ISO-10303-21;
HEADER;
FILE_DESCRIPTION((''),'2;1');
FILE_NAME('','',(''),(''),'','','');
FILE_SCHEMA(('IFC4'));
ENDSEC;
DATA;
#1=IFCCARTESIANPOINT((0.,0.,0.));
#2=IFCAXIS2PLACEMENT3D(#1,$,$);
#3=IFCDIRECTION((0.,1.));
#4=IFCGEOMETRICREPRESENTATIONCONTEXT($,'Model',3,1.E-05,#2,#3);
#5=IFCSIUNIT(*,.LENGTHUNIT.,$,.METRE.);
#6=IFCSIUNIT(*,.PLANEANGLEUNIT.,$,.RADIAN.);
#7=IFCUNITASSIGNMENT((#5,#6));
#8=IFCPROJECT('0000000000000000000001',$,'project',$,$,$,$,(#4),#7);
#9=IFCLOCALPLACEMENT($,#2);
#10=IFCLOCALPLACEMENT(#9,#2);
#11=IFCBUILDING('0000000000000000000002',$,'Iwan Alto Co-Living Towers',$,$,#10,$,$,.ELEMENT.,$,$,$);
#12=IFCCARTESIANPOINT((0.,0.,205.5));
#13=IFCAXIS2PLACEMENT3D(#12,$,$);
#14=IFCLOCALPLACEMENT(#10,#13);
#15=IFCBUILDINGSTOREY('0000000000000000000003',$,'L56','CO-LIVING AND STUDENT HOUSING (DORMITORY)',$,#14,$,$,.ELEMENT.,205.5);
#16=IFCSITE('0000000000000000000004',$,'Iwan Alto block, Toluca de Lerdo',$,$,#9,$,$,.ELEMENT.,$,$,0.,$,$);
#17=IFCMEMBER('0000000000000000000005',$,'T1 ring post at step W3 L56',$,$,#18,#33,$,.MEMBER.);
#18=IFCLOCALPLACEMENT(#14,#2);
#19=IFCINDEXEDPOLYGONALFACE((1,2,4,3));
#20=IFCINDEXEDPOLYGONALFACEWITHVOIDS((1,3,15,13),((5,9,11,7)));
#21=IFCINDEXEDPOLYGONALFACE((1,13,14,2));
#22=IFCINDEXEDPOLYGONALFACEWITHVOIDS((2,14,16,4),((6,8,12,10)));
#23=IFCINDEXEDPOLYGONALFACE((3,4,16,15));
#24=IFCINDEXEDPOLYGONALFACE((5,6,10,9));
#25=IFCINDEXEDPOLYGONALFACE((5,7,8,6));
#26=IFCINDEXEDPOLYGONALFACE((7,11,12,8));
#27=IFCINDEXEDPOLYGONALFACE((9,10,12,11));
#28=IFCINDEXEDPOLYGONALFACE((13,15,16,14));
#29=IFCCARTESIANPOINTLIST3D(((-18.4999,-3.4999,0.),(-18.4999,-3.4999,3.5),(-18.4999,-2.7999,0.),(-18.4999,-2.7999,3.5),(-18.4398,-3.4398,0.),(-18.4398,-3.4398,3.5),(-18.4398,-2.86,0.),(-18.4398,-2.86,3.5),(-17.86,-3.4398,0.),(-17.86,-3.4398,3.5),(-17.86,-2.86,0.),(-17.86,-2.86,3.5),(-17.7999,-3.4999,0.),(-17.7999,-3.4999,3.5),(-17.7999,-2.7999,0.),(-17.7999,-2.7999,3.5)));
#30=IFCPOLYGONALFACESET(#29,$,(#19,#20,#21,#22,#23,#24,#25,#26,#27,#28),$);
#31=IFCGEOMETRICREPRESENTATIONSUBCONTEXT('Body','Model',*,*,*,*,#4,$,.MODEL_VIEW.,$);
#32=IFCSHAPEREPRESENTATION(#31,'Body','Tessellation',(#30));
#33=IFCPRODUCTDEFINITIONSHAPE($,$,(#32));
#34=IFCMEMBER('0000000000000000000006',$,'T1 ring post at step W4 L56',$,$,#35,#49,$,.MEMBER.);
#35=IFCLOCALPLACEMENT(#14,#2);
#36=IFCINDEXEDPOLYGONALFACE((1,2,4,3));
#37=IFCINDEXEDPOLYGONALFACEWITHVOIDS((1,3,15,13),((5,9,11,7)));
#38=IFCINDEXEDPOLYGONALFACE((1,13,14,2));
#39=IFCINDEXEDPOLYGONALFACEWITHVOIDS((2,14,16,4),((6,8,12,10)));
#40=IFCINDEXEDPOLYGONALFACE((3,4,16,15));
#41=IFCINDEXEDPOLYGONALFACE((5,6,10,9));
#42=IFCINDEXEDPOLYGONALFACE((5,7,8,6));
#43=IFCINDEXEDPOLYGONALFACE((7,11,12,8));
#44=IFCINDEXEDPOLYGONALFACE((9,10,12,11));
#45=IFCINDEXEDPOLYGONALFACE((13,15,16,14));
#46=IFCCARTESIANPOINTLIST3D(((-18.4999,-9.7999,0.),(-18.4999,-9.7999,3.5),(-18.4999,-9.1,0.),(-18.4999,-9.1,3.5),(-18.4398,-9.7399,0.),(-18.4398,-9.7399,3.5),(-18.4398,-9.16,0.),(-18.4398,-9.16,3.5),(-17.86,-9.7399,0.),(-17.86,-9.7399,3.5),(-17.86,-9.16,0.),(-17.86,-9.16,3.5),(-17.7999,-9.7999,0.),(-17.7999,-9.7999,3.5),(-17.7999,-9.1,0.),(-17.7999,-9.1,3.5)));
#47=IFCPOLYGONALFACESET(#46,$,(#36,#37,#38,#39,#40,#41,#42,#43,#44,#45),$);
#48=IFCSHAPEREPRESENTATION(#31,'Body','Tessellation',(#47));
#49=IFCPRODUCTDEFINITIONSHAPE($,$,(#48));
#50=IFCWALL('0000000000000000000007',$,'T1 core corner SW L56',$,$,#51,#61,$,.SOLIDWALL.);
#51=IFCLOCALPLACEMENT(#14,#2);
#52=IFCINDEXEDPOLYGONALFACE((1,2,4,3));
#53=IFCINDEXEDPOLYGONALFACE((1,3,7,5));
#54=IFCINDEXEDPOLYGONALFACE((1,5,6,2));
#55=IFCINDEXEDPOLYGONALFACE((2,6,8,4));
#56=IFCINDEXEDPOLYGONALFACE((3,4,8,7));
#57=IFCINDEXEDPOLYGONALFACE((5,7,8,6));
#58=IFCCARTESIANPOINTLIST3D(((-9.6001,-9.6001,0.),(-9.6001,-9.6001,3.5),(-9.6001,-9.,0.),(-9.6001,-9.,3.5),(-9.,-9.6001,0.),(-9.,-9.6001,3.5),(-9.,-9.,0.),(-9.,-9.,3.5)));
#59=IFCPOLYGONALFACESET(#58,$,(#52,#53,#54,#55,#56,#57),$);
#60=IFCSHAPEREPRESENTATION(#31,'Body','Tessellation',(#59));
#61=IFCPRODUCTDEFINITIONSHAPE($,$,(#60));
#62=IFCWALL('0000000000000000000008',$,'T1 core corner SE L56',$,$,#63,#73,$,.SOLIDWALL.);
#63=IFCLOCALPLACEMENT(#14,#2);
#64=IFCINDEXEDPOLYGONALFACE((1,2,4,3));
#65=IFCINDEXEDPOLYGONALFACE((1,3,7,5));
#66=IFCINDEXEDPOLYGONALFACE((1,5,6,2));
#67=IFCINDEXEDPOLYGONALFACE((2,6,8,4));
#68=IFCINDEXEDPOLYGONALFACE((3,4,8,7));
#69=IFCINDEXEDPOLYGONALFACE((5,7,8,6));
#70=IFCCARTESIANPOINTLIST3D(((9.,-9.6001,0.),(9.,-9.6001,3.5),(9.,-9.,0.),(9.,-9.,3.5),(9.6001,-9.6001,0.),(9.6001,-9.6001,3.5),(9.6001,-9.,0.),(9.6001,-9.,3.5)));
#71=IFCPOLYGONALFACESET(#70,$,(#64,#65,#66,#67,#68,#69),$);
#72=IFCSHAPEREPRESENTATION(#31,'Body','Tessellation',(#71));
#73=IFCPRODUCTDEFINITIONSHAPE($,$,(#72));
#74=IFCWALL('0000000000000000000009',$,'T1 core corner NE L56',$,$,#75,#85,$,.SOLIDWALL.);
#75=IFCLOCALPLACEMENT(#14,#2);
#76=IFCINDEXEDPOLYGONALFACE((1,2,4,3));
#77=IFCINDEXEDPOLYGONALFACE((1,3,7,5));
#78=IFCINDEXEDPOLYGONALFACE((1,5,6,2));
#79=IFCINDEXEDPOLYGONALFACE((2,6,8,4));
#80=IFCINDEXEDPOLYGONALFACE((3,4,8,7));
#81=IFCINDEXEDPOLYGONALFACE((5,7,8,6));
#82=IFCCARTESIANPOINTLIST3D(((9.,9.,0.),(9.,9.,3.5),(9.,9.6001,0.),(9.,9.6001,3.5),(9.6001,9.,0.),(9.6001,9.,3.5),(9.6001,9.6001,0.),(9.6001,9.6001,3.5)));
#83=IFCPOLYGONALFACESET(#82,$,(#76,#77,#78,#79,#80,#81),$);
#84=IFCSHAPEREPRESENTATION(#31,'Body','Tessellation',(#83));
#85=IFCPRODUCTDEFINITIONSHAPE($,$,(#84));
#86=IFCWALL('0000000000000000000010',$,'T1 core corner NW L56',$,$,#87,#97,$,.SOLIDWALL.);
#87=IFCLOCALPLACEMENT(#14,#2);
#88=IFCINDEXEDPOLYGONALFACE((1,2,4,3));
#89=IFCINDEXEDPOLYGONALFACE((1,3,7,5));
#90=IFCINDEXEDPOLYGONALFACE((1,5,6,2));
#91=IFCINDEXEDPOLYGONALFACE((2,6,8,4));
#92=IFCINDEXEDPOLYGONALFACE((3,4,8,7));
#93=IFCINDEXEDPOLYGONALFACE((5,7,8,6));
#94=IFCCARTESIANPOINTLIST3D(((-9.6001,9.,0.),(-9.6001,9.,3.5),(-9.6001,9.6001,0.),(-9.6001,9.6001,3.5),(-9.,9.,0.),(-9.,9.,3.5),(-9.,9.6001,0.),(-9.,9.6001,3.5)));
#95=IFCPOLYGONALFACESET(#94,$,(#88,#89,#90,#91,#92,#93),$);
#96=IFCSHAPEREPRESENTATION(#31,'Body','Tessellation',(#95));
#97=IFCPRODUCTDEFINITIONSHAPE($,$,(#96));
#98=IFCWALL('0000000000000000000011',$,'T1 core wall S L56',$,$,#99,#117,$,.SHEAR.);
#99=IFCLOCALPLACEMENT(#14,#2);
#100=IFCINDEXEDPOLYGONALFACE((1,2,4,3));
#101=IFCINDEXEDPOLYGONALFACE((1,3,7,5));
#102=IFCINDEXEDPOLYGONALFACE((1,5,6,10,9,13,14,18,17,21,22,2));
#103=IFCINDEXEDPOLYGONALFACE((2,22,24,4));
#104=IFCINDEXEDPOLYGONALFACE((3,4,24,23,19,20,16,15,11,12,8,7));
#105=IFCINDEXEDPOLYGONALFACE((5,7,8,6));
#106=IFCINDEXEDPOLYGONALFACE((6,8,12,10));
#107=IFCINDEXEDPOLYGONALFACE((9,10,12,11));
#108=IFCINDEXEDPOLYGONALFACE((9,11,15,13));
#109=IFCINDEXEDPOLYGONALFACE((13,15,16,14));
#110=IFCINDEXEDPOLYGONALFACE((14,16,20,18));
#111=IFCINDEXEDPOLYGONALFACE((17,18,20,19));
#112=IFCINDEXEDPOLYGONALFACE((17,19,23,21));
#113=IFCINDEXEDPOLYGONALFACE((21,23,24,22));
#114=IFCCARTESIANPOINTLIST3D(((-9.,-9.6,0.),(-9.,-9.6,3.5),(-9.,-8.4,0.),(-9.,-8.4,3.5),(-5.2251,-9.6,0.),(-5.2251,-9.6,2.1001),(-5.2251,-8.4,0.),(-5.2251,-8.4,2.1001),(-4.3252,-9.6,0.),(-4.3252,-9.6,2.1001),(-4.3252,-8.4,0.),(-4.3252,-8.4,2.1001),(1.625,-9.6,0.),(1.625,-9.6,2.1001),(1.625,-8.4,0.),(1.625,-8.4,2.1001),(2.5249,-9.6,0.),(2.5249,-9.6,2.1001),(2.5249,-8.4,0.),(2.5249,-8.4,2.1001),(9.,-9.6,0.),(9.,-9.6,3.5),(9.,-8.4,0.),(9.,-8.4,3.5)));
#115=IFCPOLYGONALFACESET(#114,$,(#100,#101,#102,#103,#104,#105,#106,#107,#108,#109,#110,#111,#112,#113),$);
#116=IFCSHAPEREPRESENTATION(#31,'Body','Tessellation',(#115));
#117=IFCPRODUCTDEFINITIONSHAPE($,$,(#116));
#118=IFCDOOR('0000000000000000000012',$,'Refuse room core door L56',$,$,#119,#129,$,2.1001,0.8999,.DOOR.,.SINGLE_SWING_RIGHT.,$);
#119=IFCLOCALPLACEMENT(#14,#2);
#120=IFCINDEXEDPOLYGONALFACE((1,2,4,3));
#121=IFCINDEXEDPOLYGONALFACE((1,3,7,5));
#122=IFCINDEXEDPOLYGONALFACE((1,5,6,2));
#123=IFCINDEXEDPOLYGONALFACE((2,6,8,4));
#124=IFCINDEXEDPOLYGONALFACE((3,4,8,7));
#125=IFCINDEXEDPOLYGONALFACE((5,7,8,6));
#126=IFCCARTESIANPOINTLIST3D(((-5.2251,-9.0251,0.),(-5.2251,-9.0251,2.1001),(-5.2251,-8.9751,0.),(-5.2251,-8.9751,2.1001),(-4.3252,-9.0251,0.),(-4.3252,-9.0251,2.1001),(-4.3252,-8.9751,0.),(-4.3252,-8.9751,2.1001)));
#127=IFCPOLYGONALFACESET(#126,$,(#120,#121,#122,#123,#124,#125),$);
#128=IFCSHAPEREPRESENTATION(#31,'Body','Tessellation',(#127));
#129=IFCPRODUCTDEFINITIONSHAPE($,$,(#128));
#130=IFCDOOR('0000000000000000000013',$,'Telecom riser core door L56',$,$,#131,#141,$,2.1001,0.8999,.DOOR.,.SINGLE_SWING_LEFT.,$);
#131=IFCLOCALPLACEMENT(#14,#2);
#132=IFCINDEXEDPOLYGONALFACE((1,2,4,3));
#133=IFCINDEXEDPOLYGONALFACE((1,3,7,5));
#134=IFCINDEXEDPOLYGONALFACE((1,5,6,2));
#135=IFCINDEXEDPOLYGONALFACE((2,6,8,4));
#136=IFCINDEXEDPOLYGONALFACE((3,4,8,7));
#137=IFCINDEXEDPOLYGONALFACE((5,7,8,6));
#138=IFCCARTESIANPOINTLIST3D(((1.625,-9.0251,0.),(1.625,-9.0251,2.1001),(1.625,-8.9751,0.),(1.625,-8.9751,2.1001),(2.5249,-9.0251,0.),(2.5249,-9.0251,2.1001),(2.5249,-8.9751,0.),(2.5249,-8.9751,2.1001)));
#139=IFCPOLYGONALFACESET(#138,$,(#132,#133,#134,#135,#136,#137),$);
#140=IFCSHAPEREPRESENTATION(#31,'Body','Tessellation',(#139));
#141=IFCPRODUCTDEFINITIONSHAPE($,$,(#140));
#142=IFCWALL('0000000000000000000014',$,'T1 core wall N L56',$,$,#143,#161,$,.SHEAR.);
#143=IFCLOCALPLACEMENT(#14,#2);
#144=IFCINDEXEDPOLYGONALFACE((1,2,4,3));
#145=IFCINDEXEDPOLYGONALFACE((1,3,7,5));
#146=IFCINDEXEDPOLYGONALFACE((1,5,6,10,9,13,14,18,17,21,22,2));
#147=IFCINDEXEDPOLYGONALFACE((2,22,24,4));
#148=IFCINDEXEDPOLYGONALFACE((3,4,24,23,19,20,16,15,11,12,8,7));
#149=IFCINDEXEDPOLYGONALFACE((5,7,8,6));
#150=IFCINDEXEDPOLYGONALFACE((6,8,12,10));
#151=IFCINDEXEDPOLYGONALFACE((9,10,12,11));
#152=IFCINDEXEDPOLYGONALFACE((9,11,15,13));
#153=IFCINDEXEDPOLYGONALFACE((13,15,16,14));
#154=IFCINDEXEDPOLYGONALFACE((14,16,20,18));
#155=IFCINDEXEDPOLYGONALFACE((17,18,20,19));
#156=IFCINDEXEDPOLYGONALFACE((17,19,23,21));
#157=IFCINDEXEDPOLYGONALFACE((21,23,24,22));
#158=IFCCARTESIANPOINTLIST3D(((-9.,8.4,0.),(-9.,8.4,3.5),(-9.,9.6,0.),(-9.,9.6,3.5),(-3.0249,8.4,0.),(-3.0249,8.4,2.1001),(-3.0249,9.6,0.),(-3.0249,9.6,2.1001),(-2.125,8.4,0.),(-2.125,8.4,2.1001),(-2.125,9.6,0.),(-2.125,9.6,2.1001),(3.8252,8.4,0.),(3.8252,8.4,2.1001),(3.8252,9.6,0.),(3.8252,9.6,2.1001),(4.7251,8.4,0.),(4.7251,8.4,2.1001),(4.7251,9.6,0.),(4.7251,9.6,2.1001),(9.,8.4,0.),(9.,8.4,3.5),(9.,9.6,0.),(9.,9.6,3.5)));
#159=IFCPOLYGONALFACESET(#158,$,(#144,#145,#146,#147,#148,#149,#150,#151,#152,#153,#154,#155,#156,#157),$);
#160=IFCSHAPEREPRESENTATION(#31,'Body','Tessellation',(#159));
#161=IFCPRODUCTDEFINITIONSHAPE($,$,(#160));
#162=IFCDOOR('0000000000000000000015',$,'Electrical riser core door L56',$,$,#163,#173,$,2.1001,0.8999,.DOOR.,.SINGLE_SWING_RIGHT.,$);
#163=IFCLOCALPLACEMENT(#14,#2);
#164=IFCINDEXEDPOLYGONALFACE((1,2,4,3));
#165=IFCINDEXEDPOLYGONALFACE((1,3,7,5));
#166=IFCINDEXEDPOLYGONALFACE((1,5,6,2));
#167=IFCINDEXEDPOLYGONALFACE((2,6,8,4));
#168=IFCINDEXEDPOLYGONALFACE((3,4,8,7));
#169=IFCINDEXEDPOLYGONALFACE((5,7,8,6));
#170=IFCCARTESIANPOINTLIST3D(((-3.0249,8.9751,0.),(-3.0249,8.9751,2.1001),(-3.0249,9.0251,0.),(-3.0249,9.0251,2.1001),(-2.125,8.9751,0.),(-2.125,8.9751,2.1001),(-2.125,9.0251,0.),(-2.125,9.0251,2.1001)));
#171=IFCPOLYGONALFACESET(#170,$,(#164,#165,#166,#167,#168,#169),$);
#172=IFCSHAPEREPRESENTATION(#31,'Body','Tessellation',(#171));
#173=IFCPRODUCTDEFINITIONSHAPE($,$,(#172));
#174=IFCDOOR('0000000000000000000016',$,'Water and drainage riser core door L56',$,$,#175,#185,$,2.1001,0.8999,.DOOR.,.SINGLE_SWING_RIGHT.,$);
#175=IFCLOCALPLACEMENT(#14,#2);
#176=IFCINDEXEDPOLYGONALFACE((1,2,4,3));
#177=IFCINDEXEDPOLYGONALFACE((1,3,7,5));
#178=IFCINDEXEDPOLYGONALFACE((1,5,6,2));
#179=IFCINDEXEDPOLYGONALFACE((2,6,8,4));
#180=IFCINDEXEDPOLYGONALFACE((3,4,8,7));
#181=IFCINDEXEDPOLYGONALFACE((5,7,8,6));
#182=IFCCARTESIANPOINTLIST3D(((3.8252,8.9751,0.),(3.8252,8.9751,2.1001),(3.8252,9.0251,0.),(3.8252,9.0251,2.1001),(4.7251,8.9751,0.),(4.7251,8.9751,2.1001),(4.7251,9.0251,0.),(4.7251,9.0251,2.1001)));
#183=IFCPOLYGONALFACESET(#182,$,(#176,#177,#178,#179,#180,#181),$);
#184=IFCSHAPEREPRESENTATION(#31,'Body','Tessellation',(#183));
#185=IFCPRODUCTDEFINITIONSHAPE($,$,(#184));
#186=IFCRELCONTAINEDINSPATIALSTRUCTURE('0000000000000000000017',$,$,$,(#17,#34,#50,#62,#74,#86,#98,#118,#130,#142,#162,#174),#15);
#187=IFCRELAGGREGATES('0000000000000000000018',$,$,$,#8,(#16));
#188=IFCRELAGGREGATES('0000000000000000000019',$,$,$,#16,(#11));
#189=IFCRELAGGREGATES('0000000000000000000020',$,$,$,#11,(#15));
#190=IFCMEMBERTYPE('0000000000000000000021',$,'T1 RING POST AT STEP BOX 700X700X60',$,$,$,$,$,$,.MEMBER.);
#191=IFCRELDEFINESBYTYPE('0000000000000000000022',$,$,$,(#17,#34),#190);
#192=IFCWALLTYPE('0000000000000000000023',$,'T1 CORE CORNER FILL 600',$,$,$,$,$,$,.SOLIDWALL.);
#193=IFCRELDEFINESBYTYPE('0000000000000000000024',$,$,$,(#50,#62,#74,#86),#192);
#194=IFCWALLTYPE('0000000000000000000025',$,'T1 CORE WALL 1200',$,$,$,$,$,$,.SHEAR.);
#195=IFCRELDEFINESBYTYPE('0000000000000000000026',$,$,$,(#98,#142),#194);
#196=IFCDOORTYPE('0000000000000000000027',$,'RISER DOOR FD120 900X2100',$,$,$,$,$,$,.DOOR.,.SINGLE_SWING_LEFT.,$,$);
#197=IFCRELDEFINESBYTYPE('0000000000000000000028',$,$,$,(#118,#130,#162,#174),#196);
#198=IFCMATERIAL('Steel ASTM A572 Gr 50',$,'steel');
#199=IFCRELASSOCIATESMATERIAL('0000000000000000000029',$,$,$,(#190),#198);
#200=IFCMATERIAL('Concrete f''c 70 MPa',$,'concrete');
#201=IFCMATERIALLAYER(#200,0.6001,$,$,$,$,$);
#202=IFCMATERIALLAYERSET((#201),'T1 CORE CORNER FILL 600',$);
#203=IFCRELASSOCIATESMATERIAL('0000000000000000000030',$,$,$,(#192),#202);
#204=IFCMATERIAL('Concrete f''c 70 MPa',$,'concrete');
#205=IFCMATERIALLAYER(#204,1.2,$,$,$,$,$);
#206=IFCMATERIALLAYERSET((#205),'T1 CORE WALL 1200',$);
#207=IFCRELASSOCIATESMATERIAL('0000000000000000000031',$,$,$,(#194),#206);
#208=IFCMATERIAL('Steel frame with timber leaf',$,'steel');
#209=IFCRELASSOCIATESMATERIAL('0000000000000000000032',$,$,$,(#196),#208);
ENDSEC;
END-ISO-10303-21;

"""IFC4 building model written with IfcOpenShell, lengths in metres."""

from ifc_helpers import new_model, si_unit, direction, frame, frame_2d, origin, origin_2d, place, context, subcontext, project, spatial, rectangle, hollow_rectangle, extrude, material, layer, layer_set, material_profile, profile_set, type_object, element, fill, save


model = new_model("IFC4")

# Units and contexts
model_context = context("Model", 3, precision=1e-05, world=origin(), true_north=direction((0.0, 1.0)))
body_context = subcontext(model_context, "Body", "Model", "MODEL_VIEW")
ifc_project = project(units=[si_unit("LENGTHUNIT", "METRE"), si_unit("PLANEANGLEUNIT", "RADIAN")], contexts=[model_context])

# Site, building, storey
site_placement = place(None, origin())
site = spatial("IfcSite", under=ifc_project, at=site_placement, Name="Iwan Alto block, Toluca de Lerdo", CompositionType="ELEMENT", RefElevation=0.0)
building_placement = place(site_placement, origin())
building = spatial("IfcBuilding", under=site, at=building_placement, Name="Iwan Alto Co-Living Towers", CompositionType="ELEMENT")
storey_placement = place(building_placement, frame((0.0, 0.0, 205.5)))
storey = spatial("IfcBuildingStorey", under=building, at=storey_placement, Name="L56", Description="CO-LIVING AND STUDENT HOUSING (DORMITORY)", CompositionType="ELEMENT", Elevation=205.5)

# Members
ifc_material_1 = material(Name="Steel ASTM A572 Gr 50", Category="steel")
ifc_material_profile_1 = material_profile(ifc_material_1, hollow_rectangle(XDim=0.7, YDim=0.7, WallThickness=0.0601, at=origin_2d()), Name="BOX 700X700X60")
ifc_profile_set_1 = profile_set([ifc_material_profile_1], Name="Steel ASTM A572 Gr 50")
member_type_1 = type_object("IfcMemberType", Name="T1 RING POST AT STEP BOX 700X700X60", PredefinedType="MEMBER", material=ifc_profile_set_1)
for number, where, z_axis, x_axis, name in (
    (1, (-18.1499, -3.1499, 0.0), (0.0, 0.0, 1.0), (1.0, 0.0, 0.0), "T1 ring post at step W3 L56"),
    (2, (-18.1499, -9.45, 0.0), (0.0, 0.0, 1.0), (1.0, 0.0, 0.0), "T1 ring post at step W4 L56"),
):
    element("IfcMember", number, at=place(storey_placement, frame(where, z_axis=z_axis, x_axis=x_axis)), inside=storey, type_object=member_type_1, Name=name, PredefinedType="MEMBER", context=body_context, shape_type="SweptSolid", body=[
        extrude(hollow_rectangle(XDim=0.7, YDim=0.7, WallThickness=0.0601, at=origin_2d()), origin(), (0.0, 0.0, 1.0), 3.5),
    ])

# Walls
ifc_material_2 = material(Name="Concrete f'c 70 MPa", Category="concrete")
ifc_layer_1 = layer(ifc_material_2, 0.6001)
ifc_layer_set_1 = layer_set([ifc_layer_1], Name="T1 CORE CORNER FILL 600")
wall_type_1 = type_object("IfcWallType", Name="T1 CORE CORNER FILL 600", PredefinedType="SOLIDWALL", material=ifc_layer_set_1)
for number, where, z_axis, x_axis, name in (
    (3, (-9.6001, -9.3, 0.0), (0.0, 0.0, 1.0), (1.0, 0.0, 0.0), "T1 core corner SW L56"),
    (4, (9.0, -9.3, 0.0), (0.0, 0.0, 1.0), (1.0, 0.0, 0.0), "T1 core corner SE L56"),
    (5, (9.0, 9.3, 0.0), (0.0, 0.0, 1.0), (1.0, 0.0, 0.0), "T1 core corner NE L56"),
    (6, (-9.6001, 9.3, 0.0), (0.0, 0.0, 1.0), (1.0, 0.0, 0.0), "T1 core corner NW L56"),
):
    element("IfcWall", number, at=place(storey_placement, frame(where, z_axis=z_axis, x_axis=x_axis)), inside=storey, type_object=wall_type_1, Name=name, PredefinedType="SOLIDWALL", context=body_context, shape_type="SweptSolid", body=[
        extrude(rectangle(XDim=0.6001, YDim=0.6001, at=frame_2d((0.3, 0.0))), origin(), (0.0, 0.0, 1.0), 3.5),
    ])

# Walls, openings, doors
ifc_material_3 = material(Name="Concrete f'c 70 MPa", Category="concrete")
ifc_layer_2 = layer(ifc_material_3, 1.2)
ifc_layer_set_2 = layer_set([ifc_layer_2], Name="T1 CORE WALL 1200")
wall_type_2 = type_object("IfcWallType", Name="T1 CORE WALL 1200", PredefinedType="SHEAR", material=ifc_layer_set_2)
wall_1_placement = place(storey_placement, frame((-9.0, -9.0, 0.0), z_axis=(0.0, 0.0, 1.0), x_axis=(1.0, 0.0, 0.0)))
wall_1 = element("IfcWall", 7, at=wall_1_placement, inside=storey, type_object=wall_type_2, Name="T1 core wall S L56", PredefinedType="SHEAR", context=body_context, shape_type="SweptSolid", body=[
    extrude(rectangle(XDim=18.0, YDim=1.2, at=frame_2d((9.0, 0.0))), origin(), (0.0, 0.0, 1.0), 3.5),
])
opening_1_placement = place(wall_1_placement, frame((3.7749, 0.0, 0.0)))
opening_1 = element("IfcOpeningElement", 8, at=opening_1_placement, cuts=wall_1, PredefinedType="OPENING", context=body_context, shape_type="SweptSolid", body=[
    extrude(rectangle(XDim=0.8999, YDim=2.1001, at=frame_2d((0.45, 1.05))), frame((0.0, 0.6099, 0.0), z_axis=(0.0, -1.0, 0.0), x_axis=(1.0, 0.0, 0.0)), (0.0, 0.0, 1.0), 1.22),
])
opening_2_placement = place(wall_1_placement, frame((10.625, 0.0, 0.0)))
opening_2 = element("IfcOpeningElement", 9, at=opening_2_placement, cuts=wall_1, PredefinedType="OPENING", context=body_context, shape_type="SweptSolid", body=[
    extrude(rectangle(XDim=0.8999, YDim=2.1001, at=frame_2d((0.45, 1.05))), frame((0.0, 0.6099, 0.0), z_axis=(0.0, -1.0, 0.0), x_axis=(1.0, 0.0, 0.0)), (0.0, 0.0, 1.0), 1.22),
])
ifc_material_4 = material(Name="Steel frame with timber leaf", Category="steel")
door_type_1 = type_object("IfcDoorType", Name="RISER DOOR FD120 900X2100", OperationType="SINGLE_SWING_LEFT", PredefinedType="DOOR", material=ifc_material_4)
door_1_placement = place(opening_1_placement, origin())
door_1 = element("IfcDoor", 10, at=door_1_placement, inside=storey, type_object=door_type_1, Name="Refuse room core door L56", OperationType="SINGLE_SWING_RIGHT", OverallHeight=2.1001, OverallWidth=0.8999, PredefinedType="DOOR", context=body_context, shape_type="SweptSolid", body=[
    extrude(rectangle(XDim=0.8999, YDim=2.1001, at=frame_2d((0.45, 1.05))), frame((0.0, 0.0249, 0.0), z_axis=(0.0, -1.0, 0.0), x_axis=(1.0, 0.0, 0.0)), (0.0, 0.0, 1.0), 0.05),
])
fill(opening_1, door_1)
door_2_placement = place(opening_2_placement, origin())
door_2 = element("IfcDoor", 11, at=door_2_placement, inside=storey, type_object=door_type_1, Name="Telecom riser core door L56", OperationType="SINGLE_SWING_LEFT", OverallHeight=2.1001, OverallWidth=0.8999, PredefinedType="DOOR", context=body_context, shape_type="SweptSolid", body=[
    extrude(rectangle(XDim=0.8999, YDim=2.1001, at=frame_2d((0.45, 1.05))), frame((0.0, 0.0249, 0.0), z_axis=(0.0, -1.0, 0.0), x_axis=(1.0, 0.0, 0.0)), (0.0, 0.0, 1.0), 0.05),
])
fill(opening_2, door_2)
wall_2_placement = place(storey_placement, frame((9.0, 9.0, 0.0), z_axis=(0.0, 0.0, 1.0), x_axis=(-1.0, 0.0, 0.0)))
wall_2 = element("IfcWall", 12, at=wall_2_placement, inside=storey, type_object=wall_type_2, Name="T1 core wall N L56", PredefinedType="SHEAR", context=body_context, shape_type="SweptSolid", body=[
    extrude(rectangle(XDim=18.0, YDim=1.2, at=frame_2d((9.0, 0.0))), origin(), (0.0, 0.0, 1.0), 3.5),
])
opening_3_placement = place(wall_2_placement, frame((11.125, 0.0, 0.0)))
opening_3 = element("IfcOpeningElement", 13, at=opening_3_placement, cuts=wall_2, PredefinedType="OPENING", context=body_context, shape_type="SweptSolid", body=[
    extrude(rectangle(XDim=0.8999, YDim=2.1001, at=frame_2d((0.45, 1.05))), frame((0.0, 0.6099, 0.0), z_axis=(0.0, -1.0, 0.0), x_axis=(1.0, 0.0, 0.0)), (0.0, 0.0, 1.0), 1.22),
])
opening_4_placement = place(wall_2_placement, frame((4.2749, 0.0, 0.0)))
opening_4 = element("IfcOpeningElement", 14, at=opening_4_placement, cuts=wall_2, PredefinedType="OPENING", context=body_context, shape_type="SweptSolid", body=[
    extrude(rectangle(XDim=0.8999, YDim=2.1001, at=frame_2d((0.45, 1.05))), frame((0.0, 0.6099, 0.0), z_axis=(0.0, -1.0, 0.0), x_axis=(1.0, 0.0, 0.0)), (0.0, 0.0, 1.0), 1.22),
])
door_3_placement = place(opening_3_placement, origin())
door_3 = element("IfcDoor", 15, at=door_3_placement, inside=storey, type_object=door_type_1, Name="Electrical riser core door L56", OperationType="SINGLE_SWING_RIGHT", OverallHeight=2.1001, OverallWidth=0.8999, PredefinedType="DOOR", context=body_context, shape_type="SweptSolid", body=[
    extrude(rectangle(XDim=0.8999, YDim=2.1001, at=frame_2d((0.45, 1.05))), frame((0.0, 0.0249, 0.0), z_axis=(0.0, -1.0, 0.0), x_axis=(1.0, 0.0, 0.0)), (0.0, 0.0, 1.0), 0.05),
])
fill(opening_3, door_3)
door_4_placement = place(opening_4_placement, origin())
door_4 = element("IfcDoor", 16, at=door_4_placement, inside=storey, type_object=door_type_1, Name="Water and drainage riser core door L56", OperationType="SINGLE_SWING_RIGHT", OverallHeight=2.1001, OverallWidth=0.8999, PredefinedType="DOOR", context=body_context, shape_type="SweptSolid", body=[
    extrude(rectangle(XDim=0.8999, YDim=2.1001, at=frame_2d((0.45, 1.05))), frame((0.0, 0.0249, 0.0), z_axis=(0.0, -1.0, 0.0), x_axis=(1.0, 0.0, 0.0)), (0.0, 0.0, 1.0), 0.05),
])
fill(opening_4, door_4)

save(model, "model.ifc")
